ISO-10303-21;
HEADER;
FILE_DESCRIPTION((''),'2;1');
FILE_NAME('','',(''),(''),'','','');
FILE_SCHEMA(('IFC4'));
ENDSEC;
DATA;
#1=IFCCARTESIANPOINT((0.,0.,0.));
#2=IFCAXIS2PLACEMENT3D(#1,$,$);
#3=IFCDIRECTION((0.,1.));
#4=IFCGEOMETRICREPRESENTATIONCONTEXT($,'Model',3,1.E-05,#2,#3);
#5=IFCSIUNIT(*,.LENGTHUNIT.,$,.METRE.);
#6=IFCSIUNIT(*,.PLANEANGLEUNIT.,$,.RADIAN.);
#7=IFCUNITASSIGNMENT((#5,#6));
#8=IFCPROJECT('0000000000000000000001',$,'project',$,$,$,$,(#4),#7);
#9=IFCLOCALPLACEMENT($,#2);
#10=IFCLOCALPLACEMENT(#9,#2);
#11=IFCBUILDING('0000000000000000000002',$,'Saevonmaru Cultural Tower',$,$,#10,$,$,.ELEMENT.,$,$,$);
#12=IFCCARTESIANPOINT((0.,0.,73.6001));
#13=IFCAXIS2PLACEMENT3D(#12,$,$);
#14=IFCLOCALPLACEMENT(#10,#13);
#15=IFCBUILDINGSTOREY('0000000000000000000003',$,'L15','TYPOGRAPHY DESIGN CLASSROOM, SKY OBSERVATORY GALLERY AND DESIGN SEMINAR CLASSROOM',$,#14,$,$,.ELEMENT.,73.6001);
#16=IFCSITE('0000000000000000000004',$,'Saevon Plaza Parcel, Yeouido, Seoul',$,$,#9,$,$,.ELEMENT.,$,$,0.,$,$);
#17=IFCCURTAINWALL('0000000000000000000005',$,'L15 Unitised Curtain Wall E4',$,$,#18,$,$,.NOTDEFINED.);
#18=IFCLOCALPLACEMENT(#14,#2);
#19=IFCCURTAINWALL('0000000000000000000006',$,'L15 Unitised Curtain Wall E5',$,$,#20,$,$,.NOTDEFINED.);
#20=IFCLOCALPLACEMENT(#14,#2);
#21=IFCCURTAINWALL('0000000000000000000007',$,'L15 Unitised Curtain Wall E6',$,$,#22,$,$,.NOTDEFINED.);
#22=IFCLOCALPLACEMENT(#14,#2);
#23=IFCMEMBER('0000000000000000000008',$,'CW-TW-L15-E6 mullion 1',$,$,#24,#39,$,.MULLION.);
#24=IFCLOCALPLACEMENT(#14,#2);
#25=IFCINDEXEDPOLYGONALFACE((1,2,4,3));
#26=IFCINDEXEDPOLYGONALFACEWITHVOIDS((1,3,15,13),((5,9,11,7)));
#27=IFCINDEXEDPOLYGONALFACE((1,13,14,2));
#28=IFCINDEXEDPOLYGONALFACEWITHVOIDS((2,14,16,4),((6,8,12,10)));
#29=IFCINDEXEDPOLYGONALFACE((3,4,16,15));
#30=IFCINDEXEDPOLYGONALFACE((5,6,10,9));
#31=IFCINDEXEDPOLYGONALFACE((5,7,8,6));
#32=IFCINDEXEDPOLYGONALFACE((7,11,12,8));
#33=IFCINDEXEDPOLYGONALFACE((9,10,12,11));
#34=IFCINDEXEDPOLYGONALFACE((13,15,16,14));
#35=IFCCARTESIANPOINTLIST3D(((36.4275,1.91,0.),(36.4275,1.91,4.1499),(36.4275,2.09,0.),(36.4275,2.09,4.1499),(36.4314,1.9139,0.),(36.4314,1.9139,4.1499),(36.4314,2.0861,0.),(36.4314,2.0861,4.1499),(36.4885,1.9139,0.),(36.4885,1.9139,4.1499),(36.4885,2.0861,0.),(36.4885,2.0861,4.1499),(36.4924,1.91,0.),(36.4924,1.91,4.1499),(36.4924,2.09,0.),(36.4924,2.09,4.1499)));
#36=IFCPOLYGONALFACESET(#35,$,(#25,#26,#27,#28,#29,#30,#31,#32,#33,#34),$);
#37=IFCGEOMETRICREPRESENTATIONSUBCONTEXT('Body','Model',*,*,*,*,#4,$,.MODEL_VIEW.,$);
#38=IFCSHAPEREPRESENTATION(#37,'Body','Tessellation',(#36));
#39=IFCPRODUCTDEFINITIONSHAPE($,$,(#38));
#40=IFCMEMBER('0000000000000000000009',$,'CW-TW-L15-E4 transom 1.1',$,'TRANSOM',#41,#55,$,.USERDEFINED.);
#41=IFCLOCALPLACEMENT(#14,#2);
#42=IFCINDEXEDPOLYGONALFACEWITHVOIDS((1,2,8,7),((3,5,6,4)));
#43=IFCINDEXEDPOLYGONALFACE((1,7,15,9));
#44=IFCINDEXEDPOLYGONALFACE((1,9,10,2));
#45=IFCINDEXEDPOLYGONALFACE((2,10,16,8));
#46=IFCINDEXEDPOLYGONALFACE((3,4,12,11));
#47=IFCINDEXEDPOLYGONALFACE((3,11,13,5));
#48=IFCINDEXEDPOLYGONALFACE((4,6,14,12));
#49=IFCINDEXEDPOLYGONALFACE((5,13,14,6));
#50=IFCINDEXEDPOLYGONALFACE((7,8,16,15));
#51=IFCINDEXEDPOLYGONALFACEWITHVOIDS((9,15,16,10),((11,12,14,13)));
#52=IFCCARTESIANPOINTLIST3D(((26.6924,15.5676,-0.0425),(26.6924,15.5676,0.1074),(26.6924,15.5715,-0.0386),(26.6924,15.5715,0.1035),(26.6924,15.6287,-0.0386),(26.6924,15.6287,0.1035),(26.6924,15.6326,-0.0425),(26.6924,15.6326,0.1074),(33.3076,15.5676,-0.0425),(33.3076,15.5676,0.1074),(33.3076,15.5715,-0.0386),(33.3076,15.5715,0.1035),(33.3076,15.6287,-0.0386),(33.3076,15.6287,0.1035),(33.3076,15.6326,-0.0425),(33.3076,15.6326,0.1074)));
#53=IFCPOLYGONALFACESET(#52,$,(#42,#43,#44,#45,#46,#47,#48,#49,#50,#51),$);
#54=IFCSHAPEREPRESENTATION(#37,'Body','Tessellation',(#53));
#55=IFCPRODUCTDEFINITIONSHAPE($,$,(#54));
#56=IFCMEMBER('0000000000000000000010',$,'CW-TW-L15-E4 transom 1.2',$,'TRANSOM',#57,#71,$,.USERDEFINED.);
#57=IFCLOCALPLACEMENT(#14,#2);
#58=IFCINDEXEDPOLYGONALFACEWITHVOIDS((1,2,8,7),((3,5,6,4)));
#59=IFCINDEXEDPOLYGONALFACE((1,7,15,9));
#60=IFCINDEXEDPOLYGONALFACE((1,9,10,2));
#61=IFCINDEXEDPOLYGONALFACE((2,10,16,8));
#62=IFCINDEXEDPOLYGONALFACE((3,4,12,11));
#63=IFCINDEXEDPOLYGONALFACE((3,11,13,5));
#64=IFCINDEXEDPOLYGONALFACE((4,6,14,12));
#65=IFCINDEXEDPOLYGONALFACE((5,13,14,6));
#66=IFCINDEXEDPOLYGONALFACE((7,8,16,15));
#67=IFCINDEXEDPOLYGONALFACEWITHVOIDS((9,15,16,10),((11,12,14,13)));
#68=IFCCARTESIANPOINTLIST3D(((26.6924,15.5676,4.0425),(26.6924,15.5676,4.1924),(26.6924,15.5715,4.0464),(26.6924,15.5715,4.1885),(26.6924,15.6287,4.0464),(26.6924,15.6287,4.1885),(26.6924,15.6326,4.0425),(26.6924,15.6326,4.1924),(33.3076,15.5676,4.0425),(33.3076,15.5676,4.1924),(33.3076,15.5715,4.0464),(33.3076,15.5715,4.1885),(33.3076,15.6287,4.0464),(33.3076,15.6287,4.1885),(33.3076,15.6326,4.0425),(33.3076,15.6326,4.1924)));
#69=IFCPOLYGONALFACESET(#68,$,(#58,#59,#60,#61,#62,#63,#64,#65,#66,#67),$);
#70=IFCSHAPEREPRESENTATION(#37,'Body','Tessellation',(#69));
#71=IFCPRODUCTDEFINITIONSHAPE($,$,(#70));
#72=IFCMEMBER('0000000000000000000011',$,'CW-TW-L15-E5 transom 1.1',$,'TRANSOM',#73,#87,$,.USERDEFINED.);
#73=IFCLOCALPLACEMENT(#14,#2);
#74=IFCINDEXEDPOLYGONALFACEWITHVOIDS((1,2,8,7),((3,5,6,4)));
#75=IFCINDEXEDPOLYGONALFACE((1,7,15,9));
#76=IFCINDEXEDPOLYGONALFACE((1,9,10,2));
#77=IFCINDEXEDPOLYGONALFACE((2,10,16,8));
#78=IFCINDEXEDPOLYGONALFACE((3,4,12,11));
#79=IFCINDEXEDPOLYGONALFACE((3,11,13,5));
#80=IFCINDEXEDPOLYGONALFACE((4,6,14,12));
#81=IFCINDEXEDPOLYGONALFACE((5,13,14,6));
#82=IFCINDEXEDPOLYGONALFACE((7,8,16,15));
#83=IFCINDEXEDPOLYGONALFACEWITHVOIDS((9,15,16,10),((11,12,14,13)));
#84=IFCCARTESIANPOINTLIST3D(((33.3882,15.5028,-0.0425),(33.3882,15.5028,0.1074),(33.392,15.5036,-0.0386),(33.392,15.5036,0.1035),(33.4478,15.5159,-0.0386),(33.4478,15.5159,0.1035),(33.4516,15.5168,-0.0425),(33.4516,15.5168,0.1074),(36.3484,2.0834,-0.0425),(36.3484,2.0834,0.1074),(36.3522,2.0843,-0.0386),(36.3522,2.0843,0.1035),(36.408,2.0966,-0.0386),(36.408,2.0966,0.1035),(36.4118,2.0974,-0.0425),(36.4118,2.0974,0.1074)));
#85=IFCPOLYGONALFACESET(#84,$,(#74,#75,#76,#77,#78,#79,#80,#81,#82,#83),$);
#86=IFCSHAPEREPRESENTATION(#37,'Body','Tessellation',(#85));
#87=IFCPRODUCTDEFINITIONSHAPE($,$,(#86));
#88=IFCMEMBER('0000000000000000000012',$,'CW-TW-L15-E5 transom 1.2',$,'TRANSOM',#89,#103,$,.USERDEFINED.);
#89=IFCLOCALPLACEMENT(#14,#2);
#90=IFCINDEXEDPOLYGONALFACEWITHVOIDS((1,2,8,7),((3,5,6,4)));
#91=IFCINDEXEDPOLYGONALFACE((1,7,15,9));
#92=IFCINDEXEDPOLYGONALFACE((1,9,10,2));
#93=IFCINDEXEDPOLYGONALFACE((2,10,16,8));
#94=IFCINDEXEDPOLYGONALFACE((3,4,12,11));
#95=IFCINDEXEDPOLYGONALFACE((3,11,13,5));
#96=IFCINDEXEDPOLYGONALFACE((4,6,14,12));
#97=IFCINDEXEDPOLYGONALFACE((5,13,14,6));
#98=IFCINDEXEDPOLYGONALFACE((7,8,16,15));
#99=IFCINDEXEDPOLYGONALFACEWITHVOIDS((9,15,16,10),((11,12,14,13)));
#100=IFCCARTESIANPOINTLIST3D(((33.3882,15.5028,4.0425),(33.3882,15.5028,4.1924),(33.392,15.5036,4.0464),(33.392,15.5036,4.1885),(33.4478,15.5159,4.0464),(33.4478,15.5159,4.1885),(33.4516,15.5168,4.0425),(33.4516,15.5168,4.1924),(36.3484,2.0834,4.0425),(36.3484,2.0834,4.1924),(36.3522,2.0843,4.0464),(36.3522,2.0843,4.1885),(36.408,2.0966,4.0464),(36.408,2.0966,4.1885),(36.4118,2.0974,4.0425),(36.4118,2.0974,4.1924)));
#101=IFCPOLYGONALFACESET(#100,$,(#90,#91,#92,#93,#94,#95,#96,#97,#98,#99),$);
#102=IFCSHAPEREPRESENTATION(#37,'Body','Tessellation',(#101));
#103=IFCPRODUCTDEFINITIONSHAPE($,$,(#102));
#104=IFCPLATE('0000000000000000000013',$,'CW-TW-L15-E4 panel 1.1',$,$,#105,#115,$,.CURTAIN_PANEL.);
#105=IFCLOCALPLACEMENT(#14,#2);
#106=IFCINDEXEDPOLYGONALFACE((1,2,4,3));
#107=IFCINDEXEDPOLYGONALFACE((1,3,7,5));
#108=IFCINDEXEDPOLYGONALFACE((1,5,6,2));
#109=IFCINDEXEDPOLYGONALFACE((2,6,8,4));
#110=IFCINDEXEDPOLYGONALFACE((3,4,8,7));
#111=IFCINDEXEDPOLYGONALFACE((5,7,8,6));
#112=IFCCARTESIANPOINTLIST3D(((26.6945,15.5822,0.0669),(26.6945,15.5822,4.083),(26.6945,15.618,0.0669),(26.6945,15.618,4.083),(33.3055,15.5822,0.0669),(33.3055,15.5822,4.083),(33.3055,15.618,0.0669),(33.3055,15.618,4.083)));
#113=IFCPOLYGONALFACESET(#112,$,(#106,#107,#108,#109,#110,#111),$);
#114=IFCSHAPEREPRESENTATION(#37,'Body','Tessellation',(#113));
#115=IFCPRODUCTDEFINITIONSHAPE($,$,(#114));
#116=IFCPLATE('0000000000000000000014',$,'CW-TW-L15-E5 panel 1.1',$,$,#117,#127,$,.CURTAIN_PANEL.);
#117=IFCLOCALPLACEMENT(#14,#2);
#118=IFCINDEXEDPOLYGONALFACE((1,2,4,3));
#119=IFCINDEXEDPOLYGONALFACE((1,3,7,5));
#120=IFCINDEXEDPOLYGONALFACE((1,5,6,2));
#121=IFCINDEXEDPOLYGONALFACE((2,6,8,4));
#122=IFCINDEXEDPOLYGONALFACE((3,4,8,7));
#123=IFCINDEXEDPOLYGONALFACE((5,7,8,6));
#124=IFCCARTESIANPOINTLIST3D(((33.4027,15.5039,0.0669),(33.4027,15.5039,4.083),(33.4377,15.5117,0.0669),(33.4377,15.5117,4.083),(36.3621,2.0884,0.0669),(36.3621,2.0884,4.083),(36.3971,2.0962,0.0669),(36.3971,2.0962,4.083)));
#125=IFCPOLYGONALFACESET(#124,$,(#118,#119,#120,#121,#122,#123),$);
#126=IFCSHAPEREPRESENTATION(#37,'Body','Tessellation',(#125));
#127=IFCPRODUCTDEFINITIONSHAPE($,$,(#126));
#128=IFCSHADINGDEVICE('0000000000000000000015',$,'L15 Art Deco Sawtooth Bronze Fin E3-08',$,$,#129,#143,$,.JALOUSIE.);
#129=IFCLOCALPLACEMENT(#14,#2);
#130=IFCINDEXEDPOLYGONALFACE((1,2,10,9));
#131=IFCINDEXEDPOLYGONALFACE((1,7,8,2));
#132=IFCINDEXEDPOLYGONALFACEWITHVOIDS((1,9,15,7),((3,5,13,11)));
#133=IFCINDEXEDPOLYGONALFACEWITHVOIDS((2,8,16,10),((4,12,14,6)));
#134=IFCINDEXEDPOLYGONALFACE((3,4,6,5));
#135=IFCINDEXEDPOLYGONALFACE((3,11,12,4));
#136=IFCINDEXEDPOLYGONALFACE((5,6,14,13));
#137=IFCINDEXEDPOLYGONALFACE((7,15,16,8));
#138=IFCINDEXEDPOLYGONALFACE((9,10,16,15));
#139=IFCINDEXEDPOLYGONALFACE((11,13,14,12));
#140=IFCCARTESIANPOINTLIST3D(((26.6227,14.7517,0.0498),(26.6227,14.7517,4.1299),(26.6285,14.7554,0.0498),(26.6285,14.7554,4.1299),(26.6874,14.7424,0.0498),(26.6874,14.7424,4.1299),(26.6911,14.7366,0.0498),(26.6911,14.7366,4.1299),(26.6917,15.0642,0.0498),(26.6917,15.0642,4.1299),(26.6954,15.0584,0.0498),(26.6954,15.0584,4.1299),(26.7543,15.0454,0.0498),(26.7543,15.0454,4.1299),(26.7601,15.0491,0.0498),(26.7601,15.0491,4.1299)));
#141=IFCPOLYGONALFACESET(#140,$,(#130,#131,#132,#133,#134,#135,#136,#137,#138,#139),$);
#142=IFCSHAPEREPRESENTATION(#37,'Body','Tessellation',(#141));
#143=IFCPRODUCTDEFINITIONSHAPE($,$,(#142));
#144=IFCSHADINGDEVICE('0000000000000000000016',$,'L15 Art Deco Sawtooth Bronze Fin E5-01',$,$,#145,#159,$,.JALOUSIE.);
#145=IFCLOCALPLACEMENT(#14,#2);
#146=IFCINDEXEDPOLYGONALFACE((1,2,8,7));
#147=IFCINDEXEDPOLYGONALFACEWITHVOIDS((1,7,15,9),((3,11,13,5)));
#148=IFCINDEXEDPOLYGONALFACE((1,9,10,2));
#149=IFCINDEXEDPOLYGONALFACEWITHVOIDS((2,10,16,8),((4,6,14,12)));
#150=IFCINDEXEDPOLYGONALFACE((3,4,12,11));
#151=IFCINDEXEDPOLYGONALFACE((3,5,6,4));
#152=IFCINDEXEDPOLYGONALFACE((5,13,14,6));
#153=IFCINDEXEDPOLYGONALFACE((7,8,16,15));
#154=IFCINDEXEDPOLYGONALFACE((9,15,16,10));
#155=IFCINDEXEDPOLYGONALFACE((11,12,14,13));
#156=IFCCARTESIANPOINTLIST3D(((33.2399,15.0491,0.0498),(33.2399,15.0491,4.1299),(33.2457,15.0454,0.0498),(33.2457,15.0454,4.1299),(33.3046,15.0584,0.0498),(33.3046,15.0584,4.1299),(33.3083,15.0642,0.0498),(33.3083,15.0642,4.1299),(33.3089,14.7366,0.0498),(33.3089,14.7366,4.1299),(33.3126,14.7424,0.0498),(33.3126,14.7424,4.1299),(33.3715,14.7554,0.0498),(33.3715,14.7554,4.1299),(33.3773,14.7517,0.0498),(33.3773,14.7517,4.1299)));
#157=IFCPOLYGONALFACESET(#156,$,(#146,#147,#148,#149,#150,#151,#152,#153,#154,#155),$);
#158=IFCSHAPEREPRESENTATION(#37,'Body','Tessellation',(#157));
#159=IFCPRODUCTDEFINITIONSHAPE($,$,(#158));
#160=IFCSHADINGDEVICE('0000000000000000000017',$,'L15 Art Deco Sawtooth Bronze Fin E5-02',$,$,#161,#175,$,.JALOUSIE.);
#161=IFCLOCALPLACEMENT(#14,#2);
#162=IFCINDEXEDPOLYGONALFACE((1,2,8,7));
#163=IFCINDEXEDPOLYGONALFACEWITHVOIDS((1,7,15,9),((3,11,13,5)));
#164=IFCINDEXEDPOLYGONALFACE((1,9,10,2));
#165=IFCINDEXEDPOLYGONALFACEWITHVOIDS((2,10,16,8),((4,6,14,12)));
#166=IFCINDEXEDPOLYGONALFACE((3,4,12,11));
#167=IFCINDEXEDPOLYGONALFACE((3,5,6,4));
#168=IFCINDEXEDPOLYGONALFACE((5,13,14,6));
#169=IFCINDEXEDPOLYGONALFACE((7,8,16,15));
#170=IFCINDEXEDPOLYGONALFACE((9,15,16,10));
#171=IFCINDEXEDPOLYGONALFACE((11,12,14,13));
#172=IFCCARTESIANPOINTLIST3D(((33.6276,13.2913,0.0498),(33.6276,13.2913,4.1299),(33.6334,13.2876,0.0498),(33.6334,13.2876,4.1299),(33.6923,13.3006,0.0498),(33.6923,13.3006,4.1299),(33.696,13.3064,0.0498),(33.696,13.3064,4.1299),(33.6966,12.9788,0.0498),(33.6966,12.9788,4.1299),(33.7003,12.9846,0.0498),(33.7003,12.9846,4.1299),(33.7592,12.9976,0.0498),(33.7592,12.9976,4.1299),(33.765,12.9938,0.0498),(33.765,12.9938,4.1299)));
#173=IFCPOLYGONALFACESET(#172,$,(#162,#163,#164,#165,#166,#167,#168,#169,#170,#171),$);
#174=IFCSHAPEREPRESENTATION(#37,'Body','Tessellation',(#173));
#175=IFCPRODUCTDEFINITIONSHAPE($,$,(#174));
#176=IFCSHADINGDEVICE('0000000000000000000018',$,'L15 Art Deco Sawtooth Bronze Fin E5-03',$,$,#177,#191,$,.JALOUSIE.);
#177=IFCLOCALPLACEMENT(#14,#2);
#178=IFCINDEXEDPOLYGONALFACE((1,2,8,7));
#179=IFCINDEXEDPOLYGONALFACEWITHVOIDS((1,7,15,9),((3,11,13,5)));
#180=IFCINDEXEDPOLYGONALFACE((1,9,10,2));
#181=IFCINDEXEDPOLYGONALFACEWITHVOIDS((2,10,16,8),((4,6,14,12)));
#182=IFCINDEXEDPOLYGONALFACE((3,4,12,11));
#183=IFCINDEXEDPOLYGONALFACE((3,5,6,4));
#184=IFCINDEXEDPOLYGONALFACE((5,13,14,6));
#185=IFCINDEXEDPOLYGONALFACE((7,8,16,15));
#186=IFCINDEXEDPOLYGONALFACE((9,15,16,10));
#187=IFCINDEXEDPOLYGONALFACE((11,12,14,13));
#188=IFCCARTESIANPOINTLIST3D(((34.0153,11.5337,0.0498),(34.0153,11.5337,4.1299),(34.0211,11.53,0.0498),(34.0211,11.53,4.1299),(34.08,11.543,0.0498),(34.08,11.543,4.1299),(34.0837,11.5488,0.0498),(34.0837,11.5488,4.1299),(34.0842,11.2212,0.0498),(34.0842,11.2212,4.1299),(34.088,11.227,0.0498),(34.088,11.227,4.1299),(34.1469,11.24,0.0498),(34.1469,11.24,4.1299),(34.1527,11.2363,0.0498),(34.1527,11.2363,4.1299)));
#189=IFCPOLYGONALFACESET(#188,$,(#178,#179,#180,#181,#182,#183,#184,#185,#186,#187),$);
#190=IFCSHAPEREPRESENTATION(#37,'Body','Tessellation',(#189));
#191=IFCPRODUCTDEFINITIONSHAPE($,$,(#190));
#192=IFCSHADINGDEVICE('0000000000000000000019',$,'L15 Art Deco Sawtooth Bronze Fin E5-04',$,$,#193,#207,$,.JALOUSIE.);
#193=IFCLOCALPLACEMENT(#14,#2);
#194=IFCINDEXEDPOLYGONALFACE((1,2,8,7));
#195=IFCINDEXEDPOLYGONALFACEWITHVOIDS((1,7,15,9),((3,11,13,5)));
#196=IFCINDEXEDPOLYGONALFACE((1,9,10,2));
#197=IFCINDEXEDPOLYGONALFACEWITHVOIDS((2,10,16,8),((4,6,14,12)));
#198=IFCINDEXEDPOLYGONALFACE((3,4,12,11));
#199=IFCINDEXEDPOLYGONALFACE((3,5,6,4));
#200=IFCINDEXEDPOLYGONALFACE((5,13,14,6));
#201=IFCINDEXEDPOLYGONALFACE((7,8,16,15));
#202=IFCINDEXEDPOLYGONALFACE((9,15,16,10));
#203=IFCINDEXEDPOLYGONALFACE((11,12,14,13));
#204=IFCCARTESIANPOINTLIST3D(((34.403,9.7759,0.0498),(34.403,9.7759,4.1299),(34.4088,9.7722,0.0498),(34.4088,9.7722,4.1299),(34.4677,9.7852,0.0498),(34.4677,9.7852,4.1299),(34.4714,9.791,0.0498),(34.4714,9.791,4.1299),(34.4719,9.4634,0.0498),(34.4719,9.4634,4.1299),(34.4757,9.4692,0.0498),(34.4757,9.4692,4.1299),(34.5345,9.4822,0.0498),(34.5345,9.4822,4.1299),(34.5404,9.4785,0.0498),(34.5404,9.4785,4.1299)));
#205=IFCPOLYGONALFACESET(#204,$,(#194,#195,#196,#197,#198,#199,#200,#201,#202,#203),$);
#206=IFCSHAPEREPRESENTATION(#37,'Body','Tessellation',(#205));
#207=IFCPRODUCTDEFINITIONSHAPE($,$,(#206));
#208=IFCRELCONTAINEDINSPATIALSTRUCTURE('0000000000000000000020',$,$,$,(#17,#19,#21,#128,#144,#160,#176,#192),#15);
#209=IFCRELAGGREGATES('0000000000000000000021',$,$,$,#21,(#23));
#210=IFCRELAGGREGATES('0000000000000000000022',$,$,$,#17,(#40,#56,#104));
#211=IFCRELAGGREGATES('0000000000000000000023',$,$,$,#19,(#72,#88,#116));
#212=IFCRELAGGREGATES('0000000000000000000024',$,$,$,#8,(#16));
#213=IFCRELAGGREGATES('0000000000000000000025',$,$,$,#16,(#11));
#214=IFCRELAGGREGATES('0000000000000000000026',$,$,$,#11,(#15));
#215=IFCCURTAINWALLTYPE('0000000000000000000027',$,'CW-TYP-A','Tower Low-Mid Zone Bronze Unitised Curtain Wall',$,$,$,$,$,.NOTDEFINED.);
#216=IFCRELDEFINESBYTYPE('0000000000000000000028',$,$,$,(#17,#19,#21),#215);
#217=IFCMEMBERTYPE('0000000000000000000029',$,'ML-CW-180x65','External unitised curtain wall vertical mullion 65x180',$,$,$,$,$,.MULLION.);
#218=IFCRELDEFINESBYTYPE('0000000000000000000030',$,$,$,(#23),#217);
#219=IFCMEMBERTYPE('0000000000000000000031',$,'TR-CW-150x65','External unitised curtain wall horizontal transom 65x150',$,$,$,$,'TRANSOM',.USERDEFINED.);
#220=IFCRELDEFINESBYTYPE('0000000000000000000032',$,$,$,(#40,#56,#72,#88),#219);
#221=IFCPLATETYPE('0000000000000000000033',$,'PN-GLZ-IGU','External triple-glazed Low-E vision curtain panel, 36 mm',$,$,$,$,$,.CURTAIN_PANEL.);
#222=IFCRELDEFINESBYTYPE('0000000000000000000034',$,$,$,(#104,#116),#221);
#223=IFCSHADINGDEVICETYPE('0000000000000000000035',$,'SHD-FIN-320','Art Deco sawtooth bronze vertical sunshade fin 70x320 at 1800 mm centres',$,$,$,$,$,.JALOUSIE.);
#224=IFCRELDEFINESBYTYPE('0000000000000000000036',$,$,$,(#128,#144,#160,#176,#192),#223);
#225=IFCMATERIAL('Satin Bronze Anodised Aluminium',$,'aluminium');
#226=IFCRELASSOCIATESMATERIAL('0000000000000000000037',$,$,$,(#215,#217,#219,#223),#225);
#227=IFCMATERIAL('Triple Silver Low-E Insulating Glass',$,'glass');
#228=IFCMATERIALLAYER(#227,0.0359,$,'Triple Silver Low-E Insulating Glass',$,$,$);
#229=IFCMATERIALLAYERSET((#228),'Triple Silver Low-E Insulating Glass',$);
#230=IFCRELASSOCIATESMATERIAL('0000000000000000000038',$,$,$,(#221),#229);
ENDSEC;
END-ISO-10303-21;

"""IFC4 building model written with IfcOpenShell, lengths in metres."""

from ifc_helpers import new_model, si_unit, direction, frame, origin, origin_2d, place, context, subcontext, project, spatial, rectangle, hollow_rectangle, extrude, material, layer, layer_set, material_profile, profile_set, type_object, element, aggregate, save


model = new_model("IFC4")

# Units and contexts
model_context = context("Model", 3, precision=1e-05, world=origin(), true_north=direction((0.0, 1.0)))
body_context = subcontext(model_context, "Body", "Model", "MODEL_VIEW")
ifc_project = project(units=[si_unit("LENGTHUNIT", "METRE"), si_unit("PLANEANGLEUNIT", "RADIAN")], contexts=[model_context])

# Site, building, storey
site_placement = place(None, origin())
site = spatial("IfcSite", under=ifc_project, at=site_placement, Name="Saevon Plaza Parcel, Yeouido, Seoul", CompositionType="ELEMENT", RefElevation=0.0)
building_placement = place(site_placement, origin())
building = spatial("IfcBuilding", under=site, at=building_placement, Name="Saevonmaru Cultural Tower", CompositionType="ELEMENT")
storey_placement = place(building_placement, frame((0.0, 0.0, 73.6001)))
storey = spatial("IfcBuildingStorey", under=building, at=storey_placement, Name="L15", Description="TYPOGRAPHY DESIGN CLASSROOM, SKY OBSERVATORY GALLERY AND DESIGN SEMINAR CLASSROOM", CompositionType="ELEMENT", Elevation=73.6001)

# Curtain wall
ifc_material_1 = material(Name="Satin Bronze Anodised Aluminium", Category="aluminium")
curtain_wall_type = type_object("IfcCurtainWallType", Name="CW-TYP-A", Description="Tower Low-Mid Zone Bronze Unitised Curtain Wall", PredefinedType="NOTDEFINED", material=ifc_material_1)
ifc_material_profile_1 = material_profile(ifc_material_1, hollow_rectangle(XDim=0.0649, YDim=0.1799, WallThickness=0.0039, at=origin_2d()), Name="ALU-MULL-180x65x4")
ifc_profile_set_1 = profile_set([ifc_material_profile_1], Name="Satin Bronze Anodised Aluminium")
member_type_1 = type_object("IfcMemberType", Name="ML-CW-180x65", Description="External unitised curtain wall vertical mullion 65x180", PredefinedType="MULLION", material=ifc_profile_set_1)
curtain_wall_1_placement = place(storey_placement, origin())
curtain_wall_1 = element("IfcCurtainWall", 1, at=curtain_wall_1_placement, inside=storey, type_object=curtain_wall_type, Name="L15 Unitised Curtain Wall E4", PredefinedType="NOTDEFINED")

# Curtain wall
curtain_wall_2_placement = place(storey_placement, origin())
curtain_wall_2 = element("IfcCurtainWall", 2, at=curtain_wall_2_placement, inside=storey, type_object=curtain_wall_type, Name="L15 Unitised Curtain Wall E5", PredefinedType="NOTDEFINED")

# Curtain wall, member
curtain_wall_3_placement = place(storey_placement, origin())
curtain_wall_3 = element("IfcCurtainWall", 3, at=curtain_wall_3_placement, inside=storey, type_object=curtain_wall_type, Name="L15 Unitised Curtain Wall E6", PredefinedType="NOTDEFINED")
member_1_placement = place(storey_placement, frame((36.46, 2.0, 0.0), z_axis=(0.0, 0.0, 1.0), x_axis=(1.0, 0.0, 0.0)))
member_1 = element("IfcMember", 4, at=member_1_placement, type_object=member_type_1, Name="CW-TW-L15-E6 mullion 1", PredefinedType="MULLION", context=body_context, shape_type="SweptSolid", body=[
    extrude(hollow_rectangle(XDim=0.0649, YDim=0.1799, WallThickness=0.0039, at=origin_2d()), origin(), (0.0, 0.0, 1.0), 4.1499),
])
aggregate(curtain_wall_3, [member_1])

# Members
ifc_material_profile_2 = material_profile(ifc_material_1, hollow_rectangle(XDim=0.0649, YDim=0.1499, WallThickness=0.0039, at=origin_2d()), Name="ALU-TRAN-150x65x4")
ifc_profile_set_2 = profile_set([ifc_material_profile_2], Name="Satin Bronze Anodised Aluminium")
member_type_2 = type_object("IfcMemberType", Name="TR-CW-150x65", Description="External unitised curtain wall horizontal transom 65x150", ElementType="TRANSOM", PredefinedType="USERDEFINED", material=ifc_profile_set_2)
member_2_placement = place(storey_placement, frame((26.6924, 15.6001, 0.0325), z_axis=(1.0, 0.0, 0.0), x_axis=(0.0, 1.0, 0.0)))
member_2 = element("IfcMember", 5, at=member_2_placement, type_object=member_type_2, Name="CW-TW-L15-E4 transom 1.1", ObjectType="TRANSOM", PredefinedType="USERDEFINED", context=body_context, shape_type="SweptSolid", body=[
    extrude(hollow_rectangle(XDim=0.0649, YDim=0.1499, WallThickness=0.0039, at=origin_2d()), origin(), (0.0, 0.0, 1.0), 6.6152),
])
member_3_placement = place(storey_placement, frame((26.6924, 15.6001, 4.1174), z_axis=(1.0, 0.0, 0.0), x_axis=(0.0, 1.0, 0.0)))
member_3 = element("IfcMember", 6, at=member_3_placement, type_object=member_type_2, Name="CW-TW-L15-E4 transom 1.2", ObjectType="TRANSOM", PredefinedType="USERDEFINED", context=body_context, shape_type="SweptSolid", body=[
    extrude(hollow_rectangle(XDim=0.0649, YDim=0.1499, WallThickness=0.0039, at=origin_2d()), origin(), (0.0, 0.0, 1.0), 6.6152),
])
member_4_placement = place(storey_placement, frame((33.4199, 15.5098, 0.0325), z_axis=(0.215412, -0.976523, 0.0), x_axis=(0.976523, 0.215412, 0.0)))
member_4 = element("IfcMember", 7, at=member_4_placement, type_object=member_type_2, Name="CW-TW-L15-E5 transom 1.1", ObjectType="TRANSOM", PredefinedType="USERDEFINED", context=body_context, shape_type="SweptSolid", body=[
    extrude(hollow_rectangle(XDim=0.0649, YDim=0.1499, WallThickness=0.0039, at=origin_2d()), origin(), (0.0, 0.0, 1.0), 13.7419),
])
member_5_placement = place(storey_placement, frame((33.4199, 15.5098, 4.1174), z_axis=(0.215412, -0.976523, 0.0), x_axis=(0.976523, 0.215412, 0.0)))
member_5 = element("IfcMember", 8, at=member_5_placement, type_object=member_type_2, Name="CW-TW-L15-E5 transom 1.2", ObjectType="TRANSOM", PredefinedType="USERDEFINED", context=body_context, shape_type="SweptSolid", body=[
    extrude(hollow_rectangle(XDim=0.0649, YDim=0.1499, WallThickness=0.0039, at=origin_2d()), origin(), (0.0, 0.0, 1.0), 13.7419),
])

# Plates
ifc_material_2 = material(Name="Triple Silver Low-E Insulating Glass", Category="glass")
ifc_layer_1 = layer(ifc_material_2, 0.0359, Name="Triple Silver Low-E Insulating Glass")
ifc_layer_set_1 = layer_set([ifc_layer_1], Name="Triple Silver Low-E Insulating Glass")
plate_type = type_object("IfcPlateType", Name="PN-GLZ-IGU", Description="External triple-glazed Low-E vision curtain panel, 36 mm", PredefinedType="CURTAIN_PANEL", material=ifc_layer_set_1)
plate_1_placement = place(storey_placement, frame((30.0, 15.6001, 0.0669), z_axis=(0.0, 0.0, 1.0), x_axis=(1.0, 0.0, 0.0)))
plate_1 = element("IfcPlate", 9, at=plate_1_placement, type_object=plate_type, Name="CW-TW-L15-E4 panel 1.1", PredefinedType="CURTAIN_PANEL", context=body_context, shape_type="SweptSolid", body=[
    extrude(rectangle(XDim=6.6111, YDim=0.0359, at=origin_2d()), origin(), (0.0, 0.0, 1.0), 4.0161),
])
aggregate(curtain_wall_1, [member_2, member_3, plate_1])
plate_2_placement = place(storey_placement, frame((34.8999, 8.8, 0.0669), z_axis=(0.0, 0.0, 1.0), x_axis=(0.215413, -0.976523, 0.0)))
plate_2 = element("IfcPlate", 10, at=plate_2_placement, type_object=plate_type, Name="CW-TW-L15-E5 panel 1.1", PredefinedType="CURTAIN_PANEL", context=body_context, shape_type="SweptSolid", body=[
    extrude(rectangle(XDim=13.738, YDim=0.0359, at=origin_2d()), origin(), (0.0, 0.0, 1.0), 4.0161),
])
aggregate(curtain_wall_2, [member_4, member_5, plate_2])

# Shading devices
ifc_material_profile_3 = material_profile(ifc_material_1, hollow_rectangle(XDim=0.0701, YDim=0.3201, WallThickness=0.0049, at=origin_2d()), Name="FIN-320x70")
ifc_profile_set_3 = profile_set([ifc_material_profile_3], Name="Satin Bronze Anodised Aluminium")
shading_device_type = type_object("IfcShadingDeviceType", Name="SHD-FIN-320", Description="Art Deco sawtooth bronze vertical sunshade fin 70x320 at 1800 mm centres", PredefinedType="JALOUSIE", material=ifc_profile_set_3)
for number, where, z_axis, x_axis, name in (
    (11, (26.6914, 14.9004, 0.0498), (0.0, 0.0, 1.0), (0.976522, -0.215417, 0.0), "L15 Art Deco Sawtooth Bronze Fin E3-08"),
    (12, (33.3086, 14.9004, 0.0498), (0.0, 0.0, 1.0), (-0.976522, -0.215417, 0.0), "L15 Art Deco Sawtooth Bronze Fin E5-01"),
    (13, (33.6963, 13.1426, 0.0498), (0.0, 0.0, 1.0), (-0.976522, -0.215417, 0.0), "L15 Art Deco Sawtooth Bronze Fin E5-02"),
    (14, (34.084, 11.385, 0.0498), (0.0, 0.0, 1.0), (-0.976522, -0.215417, 0.0), "L15 Art Deco Sawtooth Bronze Fin E5-03"),
    (15, (34.4717, 9.6272, 0.0498), (0.0, 0.0, 1.0), (-0.976522, -0.215417, 0.0), "L15 Art Deco Sawtooth Bronze Fin E5-04"),
):
    element("IfcShadingDevice", number, at=place(storey_placement, frame(where, z_axis=z_axis, x_axis=x_axis)), inside=storey, type_object=shading_device_type, Name=name, PredefinedType="JALOUSIE", context=body_context, shape_type="SweptSolid", body=[
        extrude(hollow_rectangle(XDim=0.0701, YDim=0.3201, WallThickness=0.0049, at=origin_2d()), origin(), (0.0, 0.0, 1.0), 4.0801),
    ])

save(model, "model.ifc")
